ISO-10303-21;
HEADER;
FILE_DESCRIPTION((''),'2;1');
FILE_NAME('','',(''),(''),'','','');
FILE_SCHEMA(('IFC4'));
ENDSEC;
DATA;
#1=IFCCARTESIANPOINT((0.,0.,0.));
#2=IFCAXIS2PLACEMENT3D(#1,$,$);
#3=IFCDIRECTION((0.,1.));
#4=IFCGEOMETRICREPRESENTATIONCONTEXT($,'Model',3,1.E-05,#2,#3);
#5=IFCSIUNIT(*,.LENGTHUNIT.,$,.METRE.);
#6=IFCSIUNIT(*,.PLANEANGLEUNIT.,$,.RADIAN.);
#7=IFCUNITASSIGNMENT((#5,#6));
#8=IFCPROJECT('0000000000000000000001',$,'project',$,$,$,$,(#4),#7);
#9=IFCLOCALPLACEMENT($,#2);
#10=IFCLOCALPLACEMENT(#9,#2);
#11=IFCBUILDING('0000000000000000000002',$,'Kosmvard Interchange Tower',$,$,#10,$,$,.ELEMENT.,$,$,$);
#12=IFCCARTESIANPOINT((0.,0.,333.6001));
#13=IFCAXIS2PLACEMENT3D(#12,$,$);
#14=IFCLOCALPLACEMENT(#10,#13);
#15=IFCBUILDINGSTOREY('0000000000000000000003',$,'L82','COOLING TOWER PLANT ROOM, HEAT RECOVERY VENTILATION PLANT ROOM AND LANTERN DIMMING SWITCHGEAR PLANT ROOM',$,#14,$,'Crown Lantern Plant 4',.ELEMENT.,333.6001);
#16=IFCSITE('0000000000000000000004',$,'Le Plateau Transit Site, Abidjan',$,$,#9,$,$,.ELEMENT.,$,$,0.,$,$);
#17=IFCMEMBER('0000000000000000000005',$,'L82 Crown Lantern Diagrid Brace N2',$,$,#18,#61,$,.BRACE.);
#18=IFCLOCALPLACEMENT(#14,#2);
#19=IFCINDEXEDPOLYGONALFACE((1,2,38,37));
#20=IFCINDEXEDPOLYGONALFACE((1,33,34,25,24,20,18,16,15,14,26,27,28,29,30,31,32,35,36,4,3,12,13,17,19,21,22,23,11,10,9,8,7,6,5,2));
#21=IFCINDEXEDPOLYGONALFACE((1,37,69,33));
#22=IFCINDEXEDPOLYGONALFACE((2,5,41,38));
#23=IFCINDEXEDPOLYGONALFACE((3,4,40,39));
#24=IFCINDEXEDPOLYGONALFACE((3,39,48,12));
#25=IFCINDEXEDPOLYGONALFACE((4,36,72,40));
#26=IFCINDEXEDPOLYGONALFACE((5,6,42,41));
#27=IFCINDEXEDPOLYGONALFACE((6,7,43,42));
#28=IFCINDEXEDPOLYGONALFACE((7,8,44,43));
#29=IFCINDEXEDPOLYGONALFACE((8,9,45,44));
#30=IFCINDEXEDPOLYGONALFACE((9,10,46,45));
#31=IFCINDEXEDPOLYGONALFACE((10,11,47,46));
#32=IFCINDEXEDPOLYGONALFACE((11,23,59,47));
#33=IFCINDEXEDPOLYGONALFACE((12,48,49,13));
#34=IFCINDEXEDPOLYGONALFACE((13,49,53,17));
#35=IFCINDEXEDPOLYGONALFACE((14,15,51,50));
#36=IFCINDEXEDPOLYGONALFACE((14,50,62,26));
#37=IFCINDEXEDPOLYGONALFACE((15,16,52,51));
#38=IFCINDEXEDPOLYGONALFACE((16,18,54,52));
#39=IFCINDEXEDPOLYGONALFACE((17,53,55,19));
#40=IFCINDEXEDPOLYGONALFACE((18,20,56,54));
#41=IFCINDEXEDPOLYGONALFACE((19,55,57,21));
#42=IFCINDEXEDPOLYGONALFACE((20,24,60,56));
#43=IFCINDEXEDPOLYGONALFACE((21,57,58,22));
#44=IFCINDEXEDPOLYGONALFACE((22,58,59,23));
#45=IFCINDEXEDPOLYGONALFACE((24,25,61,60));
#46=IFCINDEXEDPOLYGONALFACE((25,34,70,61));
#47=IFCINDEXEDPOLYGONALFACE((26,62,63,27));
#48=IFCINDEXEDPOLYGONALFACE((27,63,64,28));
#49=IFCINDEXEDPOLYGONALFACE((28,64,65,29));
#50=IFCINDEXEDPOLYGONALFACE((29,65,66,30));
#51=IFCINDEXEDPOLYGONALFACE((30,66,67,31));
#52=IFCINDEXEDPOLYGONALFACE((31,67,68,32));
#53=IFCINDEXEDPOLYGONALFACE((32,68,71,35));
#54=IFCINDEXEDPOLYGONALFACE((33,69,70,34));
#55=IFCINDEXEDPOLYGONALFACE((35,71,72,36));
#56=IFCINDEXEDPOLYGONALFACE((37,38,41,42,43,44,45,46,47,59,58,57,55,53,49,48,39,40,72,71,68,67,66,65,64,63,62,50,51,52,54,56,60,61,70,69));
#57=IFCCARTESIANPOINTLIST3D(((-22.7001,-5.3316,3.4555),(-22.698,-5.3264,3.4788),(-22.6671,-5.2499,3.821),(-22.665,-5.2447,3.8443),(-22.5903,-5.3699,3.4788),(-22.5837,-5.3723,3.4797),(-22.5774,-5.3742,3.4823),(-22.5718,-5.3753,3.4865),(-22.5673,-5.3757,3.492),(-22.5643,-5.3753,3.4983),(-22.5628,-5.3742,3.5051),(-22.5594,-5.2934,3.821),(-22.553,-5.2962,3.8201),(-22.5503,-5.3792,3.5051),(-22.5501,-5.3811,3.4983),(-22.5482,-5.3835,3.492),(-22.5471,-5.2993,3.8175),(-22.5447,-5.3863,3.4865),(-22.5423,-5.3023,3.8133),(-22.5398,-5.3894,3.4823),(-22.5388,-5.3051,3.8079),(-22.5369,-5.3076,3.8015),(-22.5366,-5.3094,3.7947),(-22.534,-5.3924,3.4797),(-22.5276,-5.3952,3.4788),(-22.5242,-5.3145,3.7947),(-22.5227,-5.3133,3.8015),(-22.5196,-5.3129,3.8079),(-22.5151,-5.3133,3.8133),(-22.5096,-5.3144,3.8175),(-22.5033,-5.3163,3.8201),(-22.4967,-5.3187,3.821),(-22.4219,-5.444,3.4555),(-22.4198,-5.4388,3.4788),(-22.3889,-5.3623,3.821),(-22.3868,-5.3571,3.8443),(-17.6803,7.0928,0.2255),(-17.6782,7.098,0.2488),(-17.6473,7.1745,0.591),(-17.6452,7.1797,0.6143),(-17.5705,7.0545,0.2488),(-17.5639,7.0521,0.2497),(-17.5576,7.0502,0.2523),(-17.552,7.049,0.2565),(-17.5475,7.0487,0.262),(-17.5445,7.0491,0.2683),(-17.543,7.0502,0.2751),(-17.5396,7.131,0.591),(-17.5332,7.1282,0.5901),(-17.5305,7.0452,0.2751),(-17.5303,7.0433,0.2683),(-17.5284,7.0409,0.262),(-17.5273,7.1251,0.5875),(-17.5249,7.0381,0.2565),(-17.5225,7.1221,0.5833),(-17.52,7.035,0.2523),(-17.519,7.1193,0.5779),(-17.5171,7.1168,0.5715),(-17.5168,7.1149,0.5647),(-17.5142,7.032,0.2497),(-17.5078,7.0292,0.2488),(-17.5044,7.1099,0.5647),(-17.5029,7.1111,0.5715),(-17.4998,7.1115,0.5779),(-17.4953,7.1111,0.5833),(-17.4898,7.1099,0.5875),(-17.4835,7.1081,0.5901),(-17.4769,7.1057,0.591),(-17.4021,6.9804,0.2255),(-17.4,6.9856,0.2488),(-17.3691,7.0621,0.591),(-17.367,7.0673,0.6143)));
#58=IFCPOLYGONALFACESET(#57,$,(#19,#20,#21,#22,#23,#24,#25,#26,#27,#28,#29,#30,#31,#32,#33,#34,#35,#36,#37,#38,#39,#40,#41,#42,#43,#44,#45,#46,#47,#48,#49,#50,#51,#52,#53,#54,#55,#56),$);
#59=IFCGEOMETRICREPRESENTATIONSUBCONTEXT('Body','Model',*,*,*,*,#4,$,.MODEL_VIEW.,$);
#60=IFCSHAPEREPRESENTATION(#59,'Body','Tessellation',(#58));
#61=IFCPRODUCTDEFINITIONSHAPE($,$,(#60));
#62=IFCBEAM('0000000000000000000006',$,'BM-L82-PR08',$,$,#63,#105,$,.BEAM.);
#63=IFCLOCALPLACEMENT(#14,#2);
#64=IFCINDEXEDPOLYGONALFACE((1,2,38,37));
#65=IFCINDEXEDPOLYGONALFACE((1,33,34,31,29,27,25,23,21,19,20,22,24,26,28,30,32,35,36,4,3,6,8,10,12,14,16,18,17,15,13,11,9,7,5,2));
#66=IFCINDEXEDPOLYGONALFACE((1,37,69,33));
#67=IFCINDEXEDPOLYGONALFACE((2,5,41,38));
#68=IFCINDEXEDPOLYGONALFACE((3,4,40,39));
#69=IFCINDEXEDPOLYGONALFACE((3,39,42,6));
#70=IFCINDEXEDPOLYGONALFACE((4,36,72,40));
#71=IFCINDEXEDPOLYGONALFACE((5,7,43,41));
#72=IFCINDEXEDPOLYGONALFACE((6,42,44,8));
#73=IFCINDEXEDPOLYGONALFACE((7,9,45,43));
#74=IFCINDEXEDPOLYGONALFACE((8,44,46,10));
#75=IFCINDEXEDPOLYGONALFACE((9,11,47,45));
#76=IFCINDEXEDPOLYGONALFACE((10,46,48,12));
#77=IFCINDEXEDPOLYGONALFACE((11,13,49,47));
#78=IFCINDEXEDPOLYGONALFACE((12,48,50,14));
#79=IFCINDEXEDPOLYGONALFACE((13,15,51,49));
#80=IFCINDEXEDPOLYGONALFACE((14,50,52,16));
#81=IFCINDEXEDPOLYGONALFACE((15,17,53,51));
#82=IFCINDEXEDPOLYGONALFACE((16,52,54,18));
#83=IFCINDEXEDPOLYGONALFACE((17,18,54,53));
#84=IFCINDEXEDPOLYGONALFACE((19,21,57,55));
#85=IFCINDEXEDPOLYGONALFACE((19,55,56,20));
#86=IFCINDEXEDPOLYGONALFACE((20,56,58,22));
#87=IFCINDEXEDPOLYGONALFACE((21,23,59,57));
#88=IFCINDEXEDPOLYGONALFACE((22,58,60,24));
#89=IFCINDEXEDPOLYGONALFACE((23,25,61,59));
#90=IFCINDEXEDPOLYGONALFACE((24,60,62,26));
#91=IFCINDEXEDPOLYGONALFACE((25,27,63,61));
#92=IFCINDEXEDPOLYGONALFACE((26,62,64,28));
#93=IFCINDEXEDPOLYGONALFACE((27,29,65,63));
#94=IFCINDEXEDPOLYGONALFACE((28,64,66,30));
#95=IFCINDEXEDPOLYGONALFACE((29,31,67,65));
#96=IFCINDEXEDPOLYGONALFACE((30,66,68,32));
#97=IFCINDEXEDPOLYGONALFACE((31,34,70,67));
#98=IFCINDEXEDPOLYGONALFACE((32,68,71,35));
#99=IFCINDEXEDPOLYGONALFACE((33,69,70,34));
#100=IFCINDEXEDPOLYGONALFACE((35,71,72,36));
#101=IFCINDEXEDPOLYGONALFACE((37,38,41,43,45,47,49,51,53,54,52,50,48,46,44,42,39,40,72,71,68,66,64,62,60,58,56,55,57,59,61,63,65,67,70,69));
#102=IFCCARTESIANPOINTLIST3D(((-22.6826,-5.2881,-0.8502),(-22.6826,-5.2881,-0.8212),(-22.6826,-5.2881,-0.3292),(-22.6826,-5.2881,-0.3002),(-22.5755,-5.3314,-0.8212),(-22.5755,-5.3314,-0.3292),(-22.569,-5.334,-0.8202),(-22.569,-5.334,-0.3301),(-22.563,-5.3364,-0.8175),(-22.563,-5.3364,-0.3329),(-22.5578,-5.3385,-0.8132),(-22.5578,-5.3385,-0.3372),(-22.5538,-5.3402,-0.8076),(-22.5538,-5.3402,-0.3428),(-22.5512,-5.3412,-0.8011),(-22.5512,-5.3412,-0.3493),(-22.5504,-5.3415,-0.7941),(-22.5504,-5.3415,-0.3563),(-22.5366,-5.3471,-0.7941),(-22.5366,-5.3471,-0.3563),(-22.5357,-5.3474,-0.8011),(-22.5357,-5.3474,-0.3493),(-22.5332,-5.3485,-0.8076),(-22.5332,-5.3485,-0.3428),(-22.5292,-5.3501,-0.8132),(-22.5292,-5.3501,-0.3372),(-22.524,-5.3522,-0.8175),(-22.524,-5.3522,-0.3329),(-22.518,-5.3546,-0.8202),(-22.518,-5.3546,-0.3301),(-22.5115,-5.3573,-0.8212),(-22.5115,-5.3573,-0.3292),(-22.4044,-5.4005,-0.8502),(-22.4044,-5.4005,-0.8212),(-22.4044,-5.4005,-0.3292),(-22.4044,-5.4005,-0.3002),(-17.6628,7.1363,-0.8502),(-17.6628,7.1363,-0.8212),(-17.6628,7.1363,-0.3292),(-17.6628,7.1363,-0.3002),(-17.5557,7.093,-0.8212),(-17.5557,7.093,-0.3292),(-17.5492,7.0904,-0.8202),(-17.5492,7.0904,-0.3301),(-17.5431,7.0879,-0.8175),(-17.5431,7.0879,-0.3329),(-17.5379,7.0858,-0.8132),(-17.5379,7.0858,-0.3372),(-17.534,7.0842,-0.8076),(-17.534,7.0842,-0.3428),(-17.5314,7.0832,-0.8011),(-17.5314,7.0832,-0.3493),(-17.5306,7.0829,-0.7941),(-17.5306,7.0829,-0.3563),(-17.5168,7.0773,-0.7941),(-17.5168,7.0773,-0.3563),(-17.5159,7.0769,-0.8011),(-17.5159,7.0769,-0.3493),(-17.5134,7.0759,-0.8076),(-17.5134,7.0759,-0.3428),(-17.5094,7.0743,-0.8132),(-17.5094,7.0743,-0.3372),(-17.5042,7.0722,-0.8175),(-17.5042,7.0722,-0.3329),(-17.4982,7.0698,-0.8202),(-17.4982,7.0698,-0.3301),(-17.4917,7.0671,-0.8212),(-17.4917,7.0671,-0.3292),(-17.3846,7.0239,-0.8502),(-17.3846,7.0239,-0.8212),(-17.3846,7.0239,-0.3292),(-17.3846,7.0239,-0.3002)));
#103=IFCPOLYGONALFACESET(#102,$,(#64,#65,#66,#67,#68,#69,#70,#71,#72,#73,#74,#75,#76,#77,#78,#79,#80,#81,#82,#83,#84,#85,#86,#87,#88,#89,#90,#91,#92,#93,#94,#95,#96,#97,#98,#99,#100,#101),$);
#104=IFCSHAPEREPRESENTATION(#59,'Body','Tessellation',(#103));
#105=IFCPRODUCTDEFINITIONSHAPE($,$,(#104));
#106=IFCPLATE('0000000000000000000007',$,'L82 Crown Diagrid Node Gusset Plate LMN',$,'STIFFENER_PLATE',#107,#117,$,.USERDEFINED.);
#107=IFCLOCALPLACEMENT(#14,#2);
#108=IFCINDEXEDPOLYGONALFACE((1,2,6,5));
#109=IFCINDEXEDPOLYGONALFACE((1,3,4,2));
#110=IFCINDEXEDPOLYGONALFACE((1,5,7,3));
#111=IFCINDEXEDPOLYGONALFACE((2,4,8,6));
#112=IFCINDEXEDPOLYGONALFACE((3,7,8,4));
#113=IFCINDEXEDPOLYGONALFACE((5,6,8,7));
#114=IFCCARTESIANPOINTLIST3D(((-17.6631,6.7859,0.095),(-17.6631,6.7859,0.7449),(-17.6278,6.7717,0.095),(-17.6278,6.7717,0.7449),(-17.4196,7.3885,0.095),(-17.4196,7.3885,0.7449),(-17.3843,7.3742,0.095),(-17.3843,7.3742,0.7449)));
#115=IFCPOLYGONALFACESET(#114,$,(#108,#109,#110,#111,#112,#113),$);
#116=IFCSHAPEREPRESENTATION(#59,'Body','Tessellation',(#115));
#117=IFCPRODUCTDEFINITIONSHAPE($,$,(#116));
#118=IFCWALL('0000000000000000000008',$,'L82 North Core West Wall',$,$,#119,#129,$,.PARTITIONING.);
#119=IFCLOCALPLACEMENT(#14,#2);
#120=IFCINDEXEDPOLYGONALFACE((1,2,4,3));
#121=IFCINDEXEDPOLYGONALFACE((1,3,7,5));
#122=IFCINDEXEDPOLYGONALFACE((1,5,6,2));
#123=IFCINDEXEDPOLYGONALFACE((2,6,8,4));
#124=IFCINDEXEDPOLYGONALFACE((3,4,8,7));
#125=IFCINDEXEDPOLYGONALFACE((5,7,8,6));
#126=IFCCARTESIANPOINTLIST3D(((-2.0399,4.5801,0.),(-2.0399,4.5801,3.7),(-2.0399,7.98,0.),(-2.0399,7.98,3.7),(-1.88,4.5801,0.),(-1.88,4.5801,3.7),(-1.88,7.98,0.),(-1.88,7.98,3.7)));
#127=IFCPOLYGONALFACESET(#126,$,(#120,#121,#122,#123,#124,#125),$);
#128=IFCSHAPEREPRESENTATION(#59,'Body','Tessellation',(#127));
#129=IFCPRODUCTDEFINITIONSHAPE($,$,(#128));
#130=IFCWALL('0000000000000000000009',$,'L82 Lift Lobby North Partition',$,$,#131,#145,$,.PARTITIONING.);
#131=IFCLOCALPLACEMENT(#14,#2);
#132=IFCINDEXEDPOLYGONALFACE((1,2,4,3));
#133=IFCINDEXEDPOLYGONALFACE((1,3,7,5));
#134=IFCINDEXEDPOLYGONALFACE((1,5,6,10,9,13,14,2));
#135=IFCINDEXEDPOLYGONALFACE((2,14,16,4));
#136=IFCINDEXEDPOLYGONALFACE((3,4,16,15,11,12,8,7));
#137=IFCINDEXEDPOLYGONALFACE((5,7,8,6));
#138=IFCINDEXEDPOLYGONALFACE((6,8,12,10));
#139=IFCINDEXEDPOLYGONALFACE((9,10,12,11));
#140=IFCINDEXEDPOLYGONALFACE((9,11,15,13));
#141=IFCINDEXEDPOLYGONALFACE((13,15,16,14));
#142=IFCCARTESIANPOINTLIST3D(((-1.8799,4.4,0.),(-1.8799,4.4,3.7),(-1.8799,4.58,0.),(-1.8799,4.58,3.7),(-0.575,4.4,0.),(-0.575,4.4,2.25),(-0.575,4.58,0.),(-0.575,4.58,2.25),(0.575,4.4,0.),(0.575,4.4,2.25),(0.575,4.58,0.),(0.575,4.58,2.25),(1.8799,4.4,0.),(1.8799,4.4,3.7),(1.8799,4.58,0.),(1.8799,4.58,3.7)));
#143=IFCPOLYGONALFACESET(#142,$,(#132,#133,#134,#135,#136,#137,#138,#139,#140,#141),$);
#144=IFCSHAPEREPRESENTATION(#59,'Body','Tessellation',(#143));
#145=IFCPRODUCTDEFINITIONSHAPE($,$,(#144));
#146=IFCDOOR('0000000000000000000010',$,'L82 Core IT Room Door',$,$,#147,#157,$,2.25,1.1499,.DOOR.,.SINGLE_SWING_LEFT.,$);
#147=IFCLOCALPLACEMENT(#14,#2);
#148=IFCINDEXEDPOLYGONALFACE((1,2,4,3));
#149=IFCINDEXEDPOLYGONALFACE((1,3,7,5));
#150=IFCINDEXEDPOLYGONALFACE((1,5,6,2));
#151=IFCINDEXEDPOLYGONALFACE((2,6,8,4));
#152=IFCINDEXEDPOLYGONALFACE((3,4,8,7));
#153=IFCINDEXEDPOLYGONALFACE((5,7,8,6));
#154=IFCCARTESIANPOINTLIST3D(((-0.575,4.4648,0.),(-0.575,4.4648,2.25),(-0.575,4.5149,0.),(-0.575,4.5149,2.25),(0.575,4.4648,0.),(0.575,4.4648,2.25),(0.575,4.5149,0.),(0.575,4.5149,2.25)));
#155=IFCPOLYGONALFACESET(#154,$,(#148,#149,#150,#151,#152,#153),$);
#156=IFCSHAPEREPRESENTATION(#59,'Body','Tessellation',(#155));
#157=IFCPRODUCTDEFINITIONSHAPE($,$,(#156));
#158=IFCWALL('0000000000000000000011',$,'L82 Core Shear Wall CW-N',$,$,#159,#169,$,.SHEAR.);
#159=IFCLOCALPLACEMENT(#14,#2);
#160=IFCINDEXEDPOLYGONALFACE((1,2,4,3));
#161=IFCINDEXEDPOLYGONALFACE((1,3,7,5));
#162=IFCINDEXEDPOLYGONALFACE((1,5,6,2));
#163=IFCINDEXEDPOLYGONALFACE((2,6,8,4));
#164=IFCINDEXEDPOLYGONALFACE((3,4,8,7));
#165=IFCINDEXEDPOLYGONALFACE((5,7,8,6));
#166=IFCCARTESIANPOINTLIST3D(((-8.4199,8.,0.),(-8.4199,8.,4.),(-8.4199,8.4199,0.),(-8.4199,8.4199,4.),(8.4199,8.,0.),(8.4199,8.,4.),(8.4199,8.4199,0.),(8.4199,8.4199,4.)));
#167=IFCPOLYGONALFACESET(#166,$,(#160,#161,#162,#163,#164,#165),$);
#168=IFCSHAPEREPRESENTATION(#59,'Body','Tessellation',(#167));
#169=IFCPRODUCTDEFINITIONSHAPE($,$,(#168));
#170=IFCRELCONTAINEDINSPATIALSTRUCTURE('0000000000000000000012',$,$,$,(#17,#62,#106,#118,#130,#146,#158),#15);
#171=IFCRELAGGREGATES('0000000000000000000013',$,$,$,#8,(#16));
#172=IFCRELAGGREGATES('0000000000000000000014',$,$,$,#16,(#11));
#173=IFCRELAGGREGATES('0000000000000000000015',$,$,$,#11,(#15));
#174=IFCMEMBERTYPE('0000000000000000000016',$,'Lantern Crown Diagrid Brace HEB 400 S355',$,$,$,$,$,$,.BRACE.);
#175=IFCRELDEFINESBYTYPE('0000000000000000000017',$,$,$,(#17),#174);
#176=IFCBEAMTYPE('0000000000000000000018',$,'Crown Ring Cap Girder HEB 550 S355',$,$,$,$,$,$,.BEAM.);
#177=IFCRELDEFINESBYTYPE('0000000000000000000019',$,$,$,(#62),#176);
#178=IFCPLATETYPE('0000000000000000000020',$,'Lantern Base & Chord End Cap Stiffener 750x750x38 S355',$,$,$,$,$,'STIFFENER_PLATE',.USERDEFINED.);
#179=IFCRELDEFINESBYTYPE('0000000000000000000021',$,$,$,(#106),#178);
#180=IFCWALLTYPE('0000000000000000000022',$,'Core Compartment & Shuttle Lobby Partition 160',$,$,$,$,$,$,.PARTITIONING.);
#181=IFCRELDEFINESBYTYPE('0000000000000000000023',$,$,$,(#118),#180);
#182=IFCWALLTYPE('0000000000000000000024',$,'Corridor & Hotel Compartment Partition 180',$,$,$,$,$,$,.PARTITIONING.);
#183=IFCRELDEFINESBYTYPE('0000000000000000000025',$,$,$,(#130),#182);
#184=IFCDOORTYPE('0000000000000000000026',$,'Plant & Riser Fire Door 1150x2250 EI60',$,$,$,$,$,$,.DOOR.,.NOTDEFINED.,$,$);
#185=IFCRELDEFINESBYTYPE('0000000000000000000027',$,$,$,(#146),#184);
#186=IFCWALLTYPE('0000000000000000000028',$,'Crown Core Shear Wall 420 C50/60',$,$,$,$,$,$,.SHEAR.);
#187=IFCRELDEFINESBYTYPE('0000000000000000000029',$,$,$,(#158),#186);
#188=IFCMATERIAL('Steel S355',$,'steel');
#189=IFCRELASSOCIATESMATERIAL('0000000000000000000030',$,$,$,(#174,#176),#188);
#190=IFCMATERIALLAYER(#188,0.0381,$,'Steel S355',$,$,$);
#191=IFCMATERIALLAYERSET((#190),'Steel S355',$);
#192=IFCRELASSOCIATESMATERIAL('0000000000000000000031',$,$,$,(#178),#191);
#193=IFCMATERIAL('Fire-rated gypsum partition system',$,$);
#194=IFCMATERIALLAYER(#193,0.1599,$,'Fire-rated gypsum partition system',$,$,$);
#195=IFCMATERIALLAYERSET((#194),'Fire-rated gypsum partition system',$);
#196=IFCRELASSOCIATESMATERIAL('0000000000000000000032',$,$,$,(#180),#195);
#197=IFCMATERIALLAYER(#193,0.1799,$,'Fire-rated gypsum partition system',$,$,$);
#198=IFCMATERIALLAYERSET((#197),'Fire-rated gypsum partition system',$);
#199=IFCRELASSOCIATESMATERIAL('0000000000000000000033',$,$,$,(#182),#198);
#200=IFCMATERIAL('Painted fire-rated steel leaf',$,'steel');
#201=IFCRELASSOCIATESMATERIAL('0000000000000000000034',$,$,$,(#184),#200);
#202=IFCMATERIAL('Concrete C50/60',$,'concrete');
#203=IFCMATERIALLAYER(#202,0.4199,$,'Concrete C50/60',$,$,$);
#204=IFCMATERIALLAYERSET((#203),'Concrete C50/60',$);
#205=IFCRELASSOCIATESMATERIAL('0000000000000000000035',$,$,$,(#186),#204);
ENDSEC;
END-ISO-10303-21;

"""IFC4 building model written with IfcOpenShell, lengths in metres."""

from ifc_helpers import new_model, si_unit, direction, frame, frame_2d, origin, origin_2d, place, context, subcontext, project, spatial, rectangle, i_section, extrude, source, transform, mapped, material, layer, layer_set, material_profile, profile_set, type_object, element, fill, save


model = new_model("IFC4")

# Units and contexts
model_context = context("Model", 3, precision=1e-05, world=origin(), true_north=direction((0.0, 1.0)))
body_context = subcontext(model_context, "Body", "Model", "MODEL_VIEW")
ifc_project = project(units=[si_unit("LENGTHUNIT", "METRE"), si_unit("PLANEANGLEUNIT", "RADIAN")], contexts=[model_context])

# Site, building, storey
site_placement = place(None, origin())
site = spatial("IfcSite", under=ifc_project, at=site_placement, Name="Le Plateau Transit Site, Abidjan", CompositionType="ELEMENT", RefElevation=0.0)
building_placement = place(site_placement, origin())
building = spatial("IfcBuilding", under=site, at=building_placement, Name="Kosmvard Interchange Tower", CompositionType="ELEMENT")
storey_placement = place(building_placement, frame((0.0, 0.0, 333.6001)))
storey = spatial("IfcBuildingStorey", under=building, at=storey_placement, Name="L82", Description="COOLING TOWER PLANT ROOM, HEAT RECOVERY VENTILATION PLANT ROOM AND LANTERN DIMMING SWITCHGEAR PLANT ROOM", LongName="Crown Lantern Plant 4", CompositionType="ELEMENT", Elevation=333.6001)

# Shared definitions
ifc_material_1 = material(Name="Concrete C50/60", Category="concrete")
ifc_material_2 = material(Name="Steel S355", Category="steel")

# Member
ifc_material_profile_1 = material_profile(ifc_material_2, i_section(OverallWidth=0.3, OverallDepth=0.3999, WebThickness=0.0134, FlangeThickness=0.0239, FilletRadius=0.0271, at=origin_2d()), Name="HEB 400")
ifc_profile_set_1 = profile_set([ifc_material_profile_1], Name="Steel S355")
member_type = type_object("IfcMemberType", Name="Lantern Crown Diagrid Brace HEB 400 S355", PredefinedType="BRACE", material=ifc_profile_set_1)
shared_shape_1 = source(origin(), body_context, "Body", "SweptSolid", [
    extrude(i_section(OverallWidth=0.3, OverallDepth=0.3999, WebThickness=0.0134, FlangeThickness=0.0239, FilletRadius=0.0271, at=origin_2d()), origin(), (0.0, 0.0, 1.0), 13.7839),
])
member_1_placement = place(storey_placement, frame((-17.5237, 7.0801, 0.4199), z_axis=(-0.364178, -0.901368, 0.234331), x_axis=(0.927183, -0.374608, 0.0)))
element("IfcMember", 1, at=member_1_placement, inside=storey, type_object=member_type, Name="L82 Crown Lantern Diagrid Brace N2", PredefinedType="BRACE", context=body_context, shape_type="MappedRepresentation", body=[
    mapped(shared_shape_1, transform((0.0, 0.0, 0.0), scale=1.0)),
])

# Beam
ifc_material_profile_2 = material_profile(ifc_material_2, i_section(OverallWidth=0.3, OverallDepth=0.55, WebThickness=0.0149, FlangeThickness=0.0291, FilletRadius=0.0271, at=origin_2d()), Name="HEB 550")
ifc_profile_set_2 = profile_set([ifc_material_profile_2], Name="Steel S355")
beam_type_1 = type_object("IfcBeamType", Name="Crown Ring Cap Girder HEB 550 S355", PredefinedType="BEAM", material=ifc_profile_set_2)
shared_shape_2 = source(origin(), body_context, "Body", "SweptSolid", [
    extrude(i_section(OverallWidth=0.3, OverallDepth=0.55, WebThickness=0.0149, FlangeThickness=0.0291, FilletRadius=0.0271, at=origin_2d()), origin(), (0.0, 0.0, 1.0), 13.4001),
])
beam_1_placement = place(storey_placement, frame((-17.5237, 7.0801, -0.5752), z_axis=(-0.374608, -0.927183, 0.0), x_axis=(0.927183, -0.374608, 0.0)))
element("IfcBeam", 2, at=beam_1_placement, inside=storey, type_object=beam_type_1, Name="BM-L82-PR08", PredefinedType="BEAM", context=body_context, shape_type="MappedRepresentation", body=[
    mapped(shared_shape_2, transform((0.0, 0.0, 0.0), scale=1.0)),
])

# Plate
ifc_layer_1 = layer(ifc_material_2, 0.0381, Name="Steel S355")
ifc_layer_set_1 = layer_set([ifc_layer_1], Name="Steel S355")
plate_type = type_object("IfcPlateType", Name="Lantern Base & Chord End Cap Stiffener 750x750x38 S355", ElementType="STIFFENER_PLATE", PredefinedType="USERDEFINED", material=ifc_layer_set_1)
shared_shape_3 = source(origin(), body_context, "Body", "SweptSolid", [
    extrude(rectangle(XDim=0.6499, YDim=0.0381, at=origin_2d()), origin(), (0.0, 0.0, 1.0), 0.6499),
])
plate_placement = place(storey_placement, frame((-17.5237, 7.0801, 0.095), z_axis=(0.0, 0.0, 1.0), x_axis=(0.374607, 0.927184, 0.0)))
element("IfcPlate", 3, at=plate_placement, inside=storey, type_object=plate_type, Name="L82 Crown Diagrid Node Gusset Plate LMN", ObjectType="STIFFENER_PLATE", PredefinedType="USERDEFINED", context=body_context, shape_type="MappedRepresentation", body=[
    mapped(shared_shape_3, transform((0.0, 0.0, 0.0), scale=1.0)),
])

# Wall
ifc_material_3 = material(Name="Fire-rated gypsum partition system")
ifc_layer_2 = layer(ifc_material_3, 0.1599, Name="Fire-rated gypsum partition system")
ifc_layer_set_2 = layer_set([ifc_layer_2], Name="Fire-rated gypsum partition system")
wall_type_1 = type_object("IfcWallType", Name="Core Compartment & Shuttle Lobby Partition 160", PredefinedType="PARTITIONING", material=ifc_layer_set_2)
wall_1_placement = place(storey_placement, frame((-1.96, 4.5801, 0.0), z_axis=(0.0, 0.0, 1.0), x_axis=(0.0, 1.0, 0.0)))
element("IfcWall", 4, at=wall_1_placement, inside=storey, type_object=wall_type_1, Name="L82 North Core West Wall", PredefinedType="PARTITIONING", context=body_context, shape_type="SweptSolid", body=[
    extrude(rectangle(XDim=3.3999, YDim=0.1599, at=frame_2d((1.7, 0.0))), origin(), (0.0, 0.0, 1.0), 3.7),
])

# Wall, opening, door
ifc_layer_3 = layer(ifc_material_3, 0.1799, Name="Fire-rated gypsum partition system")
ifc_layer_set_3 = layer_set([ifc_layer_3], Name="Fire-rated gypsum partition system")
wall_type_2 = type_object("IfcWallType", Name="Corridor & Hotel Compartment Partition 180", PredefinedType="PARTITIONING", material=ifc_layer_set_3)
wall_2_placement = place(storey_placement, frame((-1.8799, 4.49, 0.0), z_axis=(0.0, 0.0, 1.0), x_axis=(1.0, 0.0, 0.0)))
wall_2 = element("IfcWall", 5, at=wall_2_placement, inside=storey, type_object=wall_type_2, Name="L82 Lift Lobby North Partition", PredefinedType="PARTITIONING", context=body_context, shape_type="SweptSolid", body=[
    extrude(rectangle(XDim=3.7598, YDim=0.1799, at=frame_2d((1.8799, 0.0))), origin(), (0.0, 0.0, 1.0), 3.7),
])
opening_placement = place(wall_2_placement, frame((1.3049, 0.0, 0.0)))
opening = element("IfcOpeningElement", 6, at=opening_placement, cuts=wall_2, PredefinedType="OPENING", context=body_context, shape_type="SweptSolid", body=[
    extrude(rectangle(XDim=1.1499, YDim=2.25, at=frame_2d((0.575, 1.125))), frame((0.0, 0.1001, 0.0), z_axis=(0.0, -1.0, 0.0), x_axis=(1.0, 0.0, 0.0)), (0.0, 0.0, 1.0), 0.2),
])
ifc_material_4 = material(Name="Painted fire-rated steel leaf", Category="steel")
door_type = type_object("IfcDoorType", Name="Plant & Riser Fire Door 1150x2250 EI60", OperationType="NOTDEFINED", PredefinedType="DOOR", material=ifc_material_4)
shared_shape_4 = source(origin(), body_context, "Body", "SweptSolid", [
    extrude(rectangle(XDim=1.1499, YDim=2.25, at=frame_2d((0.575, 1.125))), frame((0.0, 0.0249, 0.0), z_axis=(0.0, -1.0, 0.0), x_axis=(1.0, 0.0, 0.0)), (0.0, 0.0, 1.0), 0.05),
])
door_placement = place(opening_placement, origin())
door = element("IfcDoor", 7, at=door_placement, inside=storey, type_object=door_type, Name="L82 Core IT Room Door", OperationType="SINGLE_SWING_LEFT", OverallHeight=2.25, OverallWidth=1.1499, PredefinedType="DOOR", context=body_context, shape_type="MappedRepresentation", body=[
    mapped(shared_shape_4, transform((0.0, 0.0, 0.0), scale=1.0)),
])
fill(opening, door)

# Wall
ifc_layer_4 = layer(ifc_material_1, 0.4199, Name="Concrete C50/60")
ifc_layer_set_4 = layer_set([ifc_layer_4], Name="Concrete C50/60")
wall_type_3 = type_object("IfcWallType", Name="Crown Core Shear Wall 420 C50/60", PredefinedType="SHEAR", material=ifc_layer_set_4)
wall_3_placement = place(storey_placement, frame((-8.4199, 8.21, 0.0), z_axis=(0.0, 0.0, 1.0), x_axis=(1.0, 0.0, 0.0)))
element("IfcWall", 8, at=wall_3_placement, inside=storey, type_object=wall_type_3, Name="L82 Core Shear Wall CW-N", PredefinedType="SHEAR", context=body_context, shape_type="SweptSolid", body=[
    extrude(rectangle(XDim=16.8398, YDim=0.4199, at=frame_2d((8.4199, 0.0))), origin(), (0.0, 0.0, 1.0), 4.0),
])

save(model, "model.ifc")
